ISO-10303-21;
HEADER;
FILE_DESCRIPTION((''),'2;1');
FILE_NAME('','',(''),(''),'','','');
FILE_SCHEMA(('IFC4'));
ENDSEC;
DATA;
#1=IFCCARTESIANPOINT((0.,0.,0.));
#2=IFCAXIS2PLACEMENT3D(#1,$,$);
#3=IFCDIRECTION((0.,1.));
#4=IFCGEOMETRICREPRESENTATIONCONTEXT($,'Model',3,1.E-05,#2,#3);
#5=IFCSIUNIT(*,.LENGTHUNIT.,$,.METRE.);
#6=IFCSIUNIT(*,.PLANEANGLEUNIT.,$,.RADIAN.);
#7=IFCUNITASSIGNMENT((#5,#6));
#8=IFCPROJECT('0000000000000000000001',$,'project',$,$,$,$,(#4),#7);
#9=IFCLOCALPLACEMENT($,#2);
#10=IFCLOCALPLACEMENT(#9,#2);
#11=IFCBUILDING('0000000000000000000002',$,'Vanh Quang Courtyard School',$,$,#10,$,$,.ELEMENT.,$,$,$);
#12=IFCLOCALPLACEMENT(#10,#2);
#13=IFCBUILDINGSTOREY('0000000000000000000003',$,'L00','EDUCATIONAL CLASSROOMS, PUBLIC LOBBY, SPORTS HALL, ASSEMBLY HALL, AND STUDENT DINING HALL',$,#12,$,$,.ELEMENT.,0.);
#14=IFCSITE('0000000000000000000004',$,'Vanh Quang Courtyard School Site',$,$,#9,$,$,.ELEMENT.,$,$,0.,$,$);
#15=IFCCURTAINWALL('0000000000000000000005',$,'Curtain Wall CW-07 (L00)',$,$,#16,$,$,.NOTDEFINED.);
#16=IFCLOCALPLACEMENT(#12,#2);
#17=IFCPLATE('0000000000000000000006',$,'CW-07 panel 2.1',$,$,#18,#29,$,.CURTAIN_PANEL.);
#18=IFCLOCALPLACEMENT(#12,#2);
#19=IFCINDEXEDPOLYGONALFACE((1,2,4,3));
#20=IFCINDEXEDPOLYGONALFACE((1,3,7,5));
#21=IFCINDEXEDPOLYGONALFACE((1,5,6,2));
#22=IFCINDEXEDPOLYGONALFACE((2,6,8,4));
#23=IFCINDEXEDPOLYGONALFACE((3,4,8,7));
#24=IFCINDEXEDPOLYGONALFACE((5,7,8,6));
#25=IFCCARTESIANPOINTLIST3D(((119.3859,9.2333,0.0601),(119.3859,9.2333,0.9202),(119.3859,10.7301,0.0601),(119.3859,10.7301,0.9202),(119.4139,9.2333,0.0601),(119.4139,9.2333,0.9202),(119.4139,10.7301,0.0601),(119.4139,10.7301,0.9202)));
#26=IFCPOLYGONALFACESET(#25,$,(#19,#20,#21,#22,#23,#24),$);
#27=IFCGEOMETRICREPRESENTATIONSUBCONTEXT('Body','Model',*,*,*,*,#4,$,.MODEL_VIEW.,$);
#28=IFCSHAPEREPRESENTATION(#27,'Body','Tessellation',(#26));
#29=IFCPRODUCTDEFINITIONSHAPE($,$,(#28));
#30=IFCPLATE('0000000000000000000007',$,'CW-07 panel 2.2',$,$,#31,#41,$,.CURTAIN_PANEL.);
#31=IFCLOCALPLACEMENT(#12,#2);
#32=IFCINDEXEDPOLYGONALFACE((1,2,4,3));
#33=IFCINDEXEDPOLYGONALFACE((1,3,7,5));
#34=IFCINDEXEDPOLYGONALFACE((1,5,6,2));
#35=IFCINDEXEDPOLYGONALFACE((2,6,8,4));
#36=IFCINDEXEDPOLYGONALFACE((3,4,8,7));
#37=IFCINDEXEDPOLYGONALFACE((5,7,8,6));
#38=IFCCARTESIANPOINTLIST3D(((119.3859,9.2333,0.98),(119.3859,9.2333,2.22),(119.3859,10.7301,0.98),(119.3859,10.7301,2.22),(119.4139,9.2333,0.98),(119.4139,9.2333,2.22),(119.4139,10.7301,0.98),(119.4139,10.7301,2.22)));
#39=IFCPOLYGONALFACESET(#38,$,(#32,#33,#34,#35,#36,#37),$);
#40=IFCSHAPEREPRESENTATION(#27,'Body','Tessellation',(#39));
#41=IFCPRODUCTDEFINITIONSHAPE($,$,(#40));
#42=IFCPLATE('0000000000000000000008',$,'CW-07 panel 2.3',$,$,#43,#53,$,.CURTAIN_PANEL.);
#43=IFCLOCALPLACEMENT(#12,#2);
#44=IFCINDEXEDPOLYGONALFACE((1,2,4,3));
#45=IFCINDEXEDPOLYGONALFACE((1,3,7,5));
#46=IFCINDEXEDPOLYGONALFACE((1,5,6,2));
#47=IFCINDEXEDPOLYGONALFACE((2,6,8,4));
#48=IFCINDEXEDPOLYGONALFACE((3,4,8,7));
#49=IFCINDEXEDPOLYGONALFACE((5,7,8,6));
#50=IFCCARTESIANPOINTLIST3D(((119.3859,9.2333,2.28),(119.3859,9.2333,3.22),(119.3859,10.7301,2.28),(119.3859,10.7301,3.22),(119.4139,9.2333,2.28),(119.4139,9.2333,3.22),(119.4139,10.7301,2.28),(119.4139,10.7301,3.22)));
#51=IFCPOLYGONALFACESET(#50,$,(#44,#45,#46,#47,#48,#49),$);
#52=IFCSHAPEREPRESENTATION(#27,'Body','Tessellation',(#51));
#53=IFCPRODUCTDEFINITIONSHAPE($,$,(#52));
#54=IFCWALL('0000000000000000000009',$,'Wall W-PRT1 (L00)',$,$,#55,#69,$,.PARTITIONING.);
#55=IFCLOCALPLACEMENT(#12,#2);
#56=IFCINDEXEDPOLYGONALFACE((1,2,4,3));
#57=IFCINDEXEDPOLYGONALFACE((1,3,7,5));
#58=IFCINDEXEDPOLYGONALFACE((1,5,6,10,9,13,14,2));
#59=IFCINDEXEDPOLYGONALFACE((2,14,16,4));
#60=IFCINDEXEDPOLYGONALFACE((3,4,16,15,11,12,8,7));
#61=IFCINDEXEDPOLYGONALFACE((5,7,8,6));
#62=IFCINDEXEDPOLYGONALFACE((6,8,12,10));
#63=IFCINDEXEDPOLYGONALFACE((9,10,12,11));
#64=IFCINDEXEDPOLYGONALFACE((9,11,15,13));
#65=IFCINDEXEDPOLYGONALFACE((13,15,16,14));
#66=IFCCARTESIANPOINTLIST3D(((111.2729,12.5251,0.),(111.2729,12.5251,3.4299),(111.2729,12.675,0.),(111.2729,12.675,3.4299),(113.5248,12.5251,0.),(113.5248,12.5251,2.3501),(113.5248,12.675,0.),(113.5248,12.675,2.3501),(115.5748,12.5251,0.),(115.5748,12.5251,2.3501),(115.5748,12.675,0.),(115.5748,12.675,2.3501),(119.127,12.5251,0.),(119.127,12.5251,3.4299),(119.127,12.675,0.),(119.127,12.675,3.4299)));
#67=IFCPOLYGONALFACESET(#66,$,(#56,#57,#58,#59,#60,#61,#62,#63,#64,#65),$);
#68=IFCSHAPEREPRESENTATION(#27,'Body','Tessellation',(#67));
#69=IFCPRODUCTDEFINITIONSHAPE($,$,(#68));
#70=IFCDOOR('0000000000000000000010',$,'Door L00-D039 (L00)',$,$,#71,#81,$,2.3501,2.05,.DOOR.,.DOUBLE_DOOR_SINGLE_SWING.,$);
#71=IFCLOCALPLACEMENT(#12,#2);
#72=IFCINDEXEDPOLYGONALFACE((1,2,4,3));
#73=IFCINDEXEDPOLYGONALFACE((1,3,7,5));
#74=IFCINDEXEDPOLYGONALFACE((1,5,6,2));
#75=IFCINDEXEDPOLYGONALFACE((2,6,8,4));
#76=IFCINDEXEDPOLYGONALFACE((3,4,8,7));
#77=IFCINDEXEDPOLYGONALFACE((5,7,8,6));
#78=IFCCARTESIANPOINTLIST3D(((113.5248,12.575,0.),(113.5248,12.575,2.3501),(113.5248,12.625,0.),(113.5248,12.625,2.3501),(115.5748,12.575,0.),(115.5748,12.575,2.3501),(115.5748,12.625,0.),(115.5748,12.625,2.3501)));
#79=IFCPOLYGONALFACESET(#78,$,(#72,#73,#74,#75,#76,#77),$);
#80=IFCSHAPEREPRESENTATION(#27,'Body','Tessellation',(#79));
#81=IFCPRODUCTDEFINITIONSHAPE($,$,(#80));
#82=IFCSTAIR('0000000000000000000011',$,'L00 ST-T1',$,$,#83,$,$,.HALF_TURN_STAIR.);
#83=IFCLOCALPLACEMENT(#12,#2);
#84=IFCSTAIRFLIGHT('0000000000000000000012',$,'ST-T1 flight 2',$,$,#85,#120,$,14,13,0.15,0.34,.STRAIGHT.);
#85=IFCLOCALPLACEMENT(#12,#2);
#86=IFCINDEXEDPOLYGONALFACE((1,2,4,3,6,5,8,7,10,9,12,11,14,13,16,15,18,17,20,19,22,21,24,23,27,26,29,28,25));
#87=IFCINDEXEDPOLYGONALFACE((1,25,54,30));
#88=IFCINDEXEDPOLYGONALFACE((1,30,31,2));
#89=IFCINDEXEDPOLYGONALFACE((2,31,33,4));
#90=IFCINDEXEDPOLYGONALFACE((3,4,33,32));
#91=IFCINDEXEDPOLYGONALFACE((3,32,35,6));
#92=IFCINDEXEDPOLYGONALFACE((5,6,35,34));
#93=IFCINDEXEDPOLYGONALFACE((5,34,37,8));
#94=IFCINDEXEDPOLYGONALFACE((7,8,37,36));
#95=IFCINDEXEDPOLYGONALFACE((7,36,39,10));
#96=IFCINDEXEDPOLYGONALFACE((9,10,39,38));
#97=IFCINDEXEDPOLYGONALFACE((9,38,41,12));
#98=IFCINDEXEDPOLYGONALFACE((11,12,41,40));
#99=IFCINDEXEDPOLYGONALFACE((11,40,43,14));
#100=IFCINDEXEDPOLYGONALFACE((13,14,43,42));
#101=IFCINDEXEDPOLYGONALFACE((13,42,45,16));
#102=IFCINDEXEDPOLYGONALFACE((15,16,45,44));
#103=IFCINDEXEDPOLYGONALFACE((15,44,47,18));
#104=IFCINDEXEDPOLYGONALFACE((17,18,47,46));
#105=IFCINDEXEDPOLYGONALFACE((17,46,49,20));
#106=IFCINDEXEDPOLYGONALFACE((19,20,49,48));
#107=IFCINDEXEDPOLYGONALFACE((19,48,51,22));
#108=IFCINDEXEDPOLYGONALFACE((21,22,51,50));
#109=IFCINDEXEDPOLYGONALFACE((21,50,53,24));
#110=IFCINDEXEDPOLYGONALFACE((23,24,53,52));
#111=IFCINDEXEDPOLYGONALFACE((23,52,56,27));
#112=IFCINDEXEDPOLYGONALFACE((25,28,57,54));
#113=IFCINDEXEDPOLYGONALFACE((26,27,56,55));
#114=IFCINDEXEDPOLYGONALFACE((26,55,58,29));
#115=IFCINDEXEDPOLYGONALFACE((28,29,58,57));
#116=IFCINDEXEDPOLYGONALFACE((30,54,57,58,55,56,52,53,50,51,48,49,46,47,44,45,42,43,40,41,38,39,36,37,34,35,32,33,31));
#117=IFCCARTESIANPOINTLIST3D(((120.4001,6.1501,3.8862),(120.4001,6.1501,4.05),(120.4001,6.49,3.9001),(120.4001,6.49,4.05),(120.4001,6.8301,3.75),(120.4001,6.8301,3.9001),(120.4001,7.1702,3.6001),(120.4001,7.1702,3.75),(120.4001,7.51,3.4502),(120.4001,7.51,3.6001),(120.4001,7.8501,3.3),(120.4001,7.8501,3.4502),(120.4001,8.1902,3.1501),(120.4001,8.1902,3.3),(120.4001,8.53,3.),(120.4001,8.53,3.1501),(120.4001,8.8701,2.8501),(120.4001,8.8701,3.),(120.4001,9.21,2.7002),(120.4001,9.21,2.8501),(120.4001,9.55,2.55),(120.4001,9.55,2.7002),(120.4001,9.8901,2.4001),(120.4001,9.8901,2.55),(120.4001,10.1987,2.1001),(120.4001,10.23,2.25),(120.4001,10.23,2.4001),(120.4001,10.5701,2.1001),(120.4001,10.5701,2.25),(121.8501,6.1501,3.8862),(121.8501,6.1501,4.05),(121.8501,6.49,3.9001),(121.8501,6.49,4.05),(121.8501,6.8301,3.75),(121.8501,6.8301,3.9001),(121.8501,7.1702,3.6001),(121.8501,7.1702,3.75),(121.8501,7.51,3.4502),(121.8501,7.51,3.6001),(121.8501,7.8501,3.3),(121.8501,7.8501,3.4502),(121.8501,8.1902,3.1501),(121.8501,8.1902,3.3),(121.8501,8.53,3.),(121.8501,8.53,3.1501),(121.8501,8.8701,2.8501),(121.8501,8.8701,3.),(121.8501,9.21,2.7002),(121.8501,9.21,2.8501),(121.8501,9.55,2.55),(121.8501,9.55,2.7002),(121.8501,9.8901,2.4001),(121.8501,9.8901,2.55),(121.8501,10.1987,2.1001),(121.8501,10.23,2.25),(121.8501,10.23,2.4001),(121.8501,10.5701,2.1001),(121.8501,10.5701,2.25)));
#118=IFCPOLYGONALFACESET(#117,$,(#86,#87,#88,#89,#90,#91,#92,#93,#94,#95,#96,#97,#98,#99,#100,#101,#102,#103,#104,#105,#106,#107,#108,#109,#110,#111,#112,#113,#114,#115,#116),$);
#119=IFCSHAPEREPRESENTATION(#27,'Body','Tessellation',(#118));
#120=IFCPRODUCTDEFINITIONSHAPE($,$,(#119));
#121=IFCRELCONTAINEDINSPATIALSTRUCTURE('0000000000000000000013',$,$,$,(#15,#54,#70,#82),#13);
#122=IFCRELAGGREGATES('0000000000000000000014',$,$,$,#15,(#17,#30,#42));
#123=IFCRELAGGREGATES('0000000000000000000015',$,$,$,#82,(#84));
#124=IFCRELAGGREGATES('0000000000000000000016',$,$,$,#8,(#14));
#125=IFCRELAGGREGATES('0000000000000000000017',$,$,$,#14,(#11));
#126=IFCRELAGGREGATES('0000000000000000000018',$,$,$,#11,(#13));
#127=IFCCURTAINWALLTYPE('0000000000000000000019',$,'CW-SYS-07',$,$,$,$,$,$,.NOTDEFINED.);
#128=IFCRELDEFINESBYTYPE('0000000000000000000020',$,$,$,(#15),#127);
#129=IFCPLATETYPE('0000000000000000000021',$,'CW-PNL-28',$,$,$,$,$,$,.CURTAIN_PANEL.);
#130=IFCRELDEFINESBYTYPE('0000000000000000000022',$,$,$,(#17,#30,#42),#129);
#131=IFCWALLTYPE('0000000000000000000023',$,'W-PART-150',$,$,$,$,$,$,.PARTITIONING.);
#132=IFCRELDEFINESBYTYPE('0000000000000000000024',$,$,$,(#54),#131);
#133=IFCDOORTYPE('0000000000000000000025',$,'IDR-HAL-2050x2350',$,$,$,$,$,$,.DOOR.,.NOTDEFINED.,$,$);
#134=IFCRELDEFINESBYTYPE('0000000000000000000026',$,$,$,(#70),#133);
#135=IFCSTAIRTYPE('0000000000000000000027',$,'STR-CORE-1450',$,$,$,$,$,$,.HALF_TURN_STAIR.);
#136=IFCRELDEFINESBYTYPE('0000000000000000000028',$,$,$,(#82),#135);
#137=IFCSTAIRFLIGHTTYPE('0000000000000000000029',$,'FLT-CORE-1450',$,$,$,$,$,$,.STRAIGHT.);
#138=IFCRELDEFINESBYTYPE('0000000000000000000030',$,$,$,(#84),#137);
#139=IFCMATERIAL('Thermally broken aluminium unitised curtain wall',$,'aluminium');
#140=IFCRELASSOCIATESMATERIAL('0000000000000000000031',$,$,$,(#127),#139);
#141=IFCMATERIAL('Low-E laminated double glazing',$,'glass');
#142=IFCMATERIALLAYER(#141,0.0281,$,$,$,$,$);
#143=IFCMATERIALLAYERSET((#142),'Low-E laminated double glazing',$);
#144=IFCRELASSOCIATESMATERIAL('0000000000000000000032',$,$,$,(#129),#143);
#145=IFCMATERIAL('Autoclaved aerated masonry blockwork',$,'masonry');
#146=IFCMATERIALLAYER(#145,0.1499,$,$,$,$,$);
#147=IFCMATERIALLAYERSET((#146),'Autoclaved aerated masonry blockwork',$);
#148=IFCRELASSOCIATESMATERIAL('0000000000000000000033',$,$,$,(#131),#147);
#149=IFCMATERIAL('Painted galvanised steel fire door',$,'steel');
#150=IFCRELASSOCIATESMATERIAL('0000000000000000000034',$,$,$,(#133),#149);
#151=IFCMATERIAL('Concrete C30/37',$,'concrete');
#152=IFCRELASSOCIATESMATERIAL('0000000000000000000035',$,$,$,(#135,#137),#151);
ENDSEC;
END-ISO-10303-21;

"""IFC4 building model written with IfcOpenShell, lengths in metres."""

from ifc_helpers import new_model, si_unit, direction, frame, frame_2d, origin, origin_2d, place, context, subcontext, project, spatial, polyline, rectangle, outline, extrude, material, layer, layer_set, type_object, element, fill, aggregate, save


model = new_model("IFC4")

# Units and contexts
model_context = context("Model", 3, precision=1e-05, world=origin(), true_north=direction((0.0, 1.0)))
body_context = subcontext(model_context, "Body", "Model", "MODEL_VIEW")
ifc_project = project(units=[si_unit("LENGTHUNIT", "METRE"), si_unit("PLANEANGLEUNIT", "RADIAN")], contexts=[model_context])

# Site, building, storey
site_placement = place(None, origin())
site = spatial("IfcSite", under=ifc_project, at=site_placement, Name="Vanh Quang Courtyard School Site", CompositionType="ELEMENT", RefElevation=0.0)
building_placement = place(site_placement, origin())
building = spatial("IfcBuilding", under=site, at=building_placement, Name="Vanh Quang Courtyard School", CompositionType="ELEMENT")
storey_placement = place(building_placement, origin())
storey = spatial("IfcBuildingStorey", under=building, at=storey_placement, Name="L00", Description="EDUCATIONAL CLASSROOMS, PUBLIC LOBBY, SPORTS HALL, ASSEMBLY HALL, AND STUDENT DINING HALL", CompositionType="ELEMENT", Elevation=0.0)

# Shared definitions
ifc_material_1 = material(Name="Concrete C30/37", Category="concrete")

# Curtain wall, plates
ifc_material_2 = material(Name="Thermally broken aluminium unitised curtain wall", Category="aluminium")
curtain_wall_type = type_object("IfcCurtainWallType", Name="CW-SYS-07", PredefinedType="NOTDEFINED", material=ifc_material_2)
curtain_wall_placement = place(storey_placement, origin())
curtain_wall = element("IfcCurtainWall", 1, at=curtain_wall_placement, inside=storey, type_object=curtain_wall_type, Name="Curtain Wall CW-07 (L00)", PredefinedType="NOTDEFINED")
ifc_material_3 = material(Name="Low-E laminated double glazing", Category="glass")
ifc_layer_1 = layer(ifc_material_3, 0.0281)
ifc_layer_set_1 = layer_set([ifc_layer_1], Name="Low-E laminated double glazing")
plate_type = type_object("IfcPlateType", Name="CW-PNL-28", PredefinedType="CURTAIN_PANEL", material=ifc_layer_set_1)
plate_1_placement = place(storey_placement, frame((119.3999, 9.9817, 0.0601), z_axis=(0.0, 0.0, 1.0), x_axis=(0.0, -1.0, 0.0)))
plate_1 = element("IfcPlate", 2, at=plate_1_placement, type_object=plate_type, Name="CW-07 panel 2.1", PredefinedType="CURTAIN_PANEL", context=body_context, shape_type="SweptSolid", body=[
    extrude(rectangle(XDim=1.4968, YDim=0.0281, at=origin_2d()), origin(), (0.0, 0.0, 1.0), 0.8601),
])
plate_2_placement = place(storey_placement, frame((119.3999, 9.9817, 0.98), z_axis=(0.0, 0.0, 1.0), x_axis=(0.0, -1.0, 0.0)))
plate_2 = element("IfcPlate", 3, at=plate_2_placement, type_object=plate_type, Name="CW-07 panel 2.2", PredefinedType="CURTAIN_PANEL", context=body_context, shape_type="SweptSolid", body=[
    extrude(rectangle(XDim=1.4968, YDim=0.0281, at=origin_2d()), origin(), (0.0, 0.0, 1.0), 1.24),
])
plate_3_placement = place(storey_placement, frame((119.3999, 9.9817, 2.28), z_axis=(0.0, 0.0, 1.0), x_axis=(0.0, -1.0, 0.0)))
plate_3 = element("IfcPlate", 4, at=plate_3_placement, type_object=plate_type, Name="CW-07 panel 2.3", PredefinedType="CURTAIN_PANEL", context=body_context, shape_type="SweptSolid", body=[
    extrude(rectangle(XDim=1.4968, YDim=0.0281, at=origin_2d()), origin(), (0.0, 0.0, 1.0), 0.9399),
])
aggregate(curtain_wall, [plate_1, plate_2, plate_3])

# Wall, opening, door
ifc_material_4 = material(Name="Autoclaved aerated masonry blockwork", Category="masonry")
ifc_layer_2 = layer(ifc_material_4, 0.1499)
ifc_layer_set_2 = layer_set([ifc_layer_2], Name="Autoclaved aerated masonry blockwork")
wall_type = type_object("IfcWallType", Name="W-PART-150", PredefinedType="PARTITIONING", material=ifc_layer_set_2)
wall_placement = place(storey_placement, frame((111.2729, 12.6001, 0.0), z_axis=(0.0, 0.0, 1.0), x_axis=(1.0, 0.0, 0.0)))
wall = element("IfcWall", 5, at=wall_placement, inside=storey, type_object=wall_type, Name="Wall W-PRT1 (L00)", PredefinedType="PARTITIONING", context=body_context, shape_type="SweptSolid", body=[
    extrude(rectangle(XDim=7.854, YDim=0.1499, at=frame_2d((3.927, 0.0))), origin(), (0.0, 0.0, 1.0), 3.4299),
])
opening_placement = place(wall_placement, frame((2.252, 0.0, 0.0)))
opening = element("IfcOpeningElement", 6, at=opening_placement, cuts=wall, PredefinedType="OPENING", context=body_context, shape_type="SweptSolid", body=[
    extrude(rectangle(XDim=2.05, YDim=2.3501, at=frame_2d((1.0249, 1.175))), frame((0.0, 0.085, 0.0), z_axis=(0.0, -1.0, 0.0), x_axis=(1.0, 0.0, 0.0)), (0.0, 0.0, 1.0), 0.1699),
])
ifc_material_5 = material(Name="Painted galvanised steel fire door", Category="steel")
door_type = type_object("IfcDoorType", Name="IDR-HAL-2050x2350", OperationType="NOTDEFINED", PredefinedType="DOOR", material=ifc_material_5)
door_placement = place(opening_placement, origin())
door = element("IfcDoor", 7, at=door_placement, inside=storey, type_object=door_type, Name="Door L00-D039 (L00)", OperationType="DOUBLE_DOOR_SINGLE_SWING", OverallHeight=2.3501, OverallWidth=2.05, PredefinedType="DOOR", context=body_context, shape_type="SweptSolid", body=[
    extrude(rectangle(XDim=2.05, YDim=2.3501, at=frame_2d((1.0249, 1.175))), frame((0.0, 0.0249, 0.0), z_axis=(0.0, -1.0, 0.0), x_axis=(1.0, 0.0, 0.0)), (0.0, 0.0, 1.0), 0.05),
])
fill(opening, door)

# Stair, stair flight
stair_type = type_object("IfcStairType", Name="STR-CORE-1450", PredefinedType="HALF_TURN_STAIR", material=ifc_material_1)
stair_placement = place(storey_placement, origin())
stair = element("IfcStair", 8, at=stair_placement, inside=storey, type_object=stair_type, Name="L00 ST-T1", PredefinedType="HALF_TURN_STAIR")
stair_flight_type = type_object("IfcStairFlightType", Name="FLT-CORE-1450", PredefinedType="STRAIGHT", material=ifc_material_1)
stair_flight_placement = place(storey_placement, frame((121.125, 10.5701, 2.1001), z_axis=(0.0, 0.0, 1.0), x_axis=(0.0, -1.0, 0.0)))
stair_flight = element("IfcStairFlight", 9, at=stair_flight_placement, type_object=stair_flight_type, Name="ST-T1 flight 2", NumberOfRisers=14, NumberOfTreads=13, PredefinedType="STRAIGHT", RiserHeight=0.15, TreadLength=0.34, context=body_context, shape_type="SweptSolid", body=[
    extrude(outline(polyline([(0.0, 0.0), (0.0, 0.1499), (0.3401, 0.1499), (0.3401, 0.3), (0.6799, 0.3), (0.6799, 0.45), (1.02, 0.45), (1.02, 0.6001), (1.3601, 0.6001), (1.3601, 0.75), (1.7, 0.75), (1.7, 0.8999), (2.04, 0.8999), (2.04, 1.05), (2.3799, 1.05), (2.3799, 1.2), (2.72, 1.2), (2.72, 1.3501), (3.0601, 1.3501), (3.0601, 1.5), (3.3999, 1.5), (3.3999, 1.6499), (3.74, 1.6499), (3.74, 1.8), (4.0801, 1.8), (4.0801, 1.95), (4.4199, 1.95), (4.4199, 2.1001), (4.4199, 1.7861), (0.3713, 0.0), (0.0, 0.0)])), frame((0.0, 0.7251, 0.0), z_axis=(0.0, -1.0, 0.0), x_axis=(1.0, 0.0, 0.0)), (0.0, 0.0, 1.0), 1.45),
])
aggregate(stair, [stair_flight])

save(model, "model.ifc")
